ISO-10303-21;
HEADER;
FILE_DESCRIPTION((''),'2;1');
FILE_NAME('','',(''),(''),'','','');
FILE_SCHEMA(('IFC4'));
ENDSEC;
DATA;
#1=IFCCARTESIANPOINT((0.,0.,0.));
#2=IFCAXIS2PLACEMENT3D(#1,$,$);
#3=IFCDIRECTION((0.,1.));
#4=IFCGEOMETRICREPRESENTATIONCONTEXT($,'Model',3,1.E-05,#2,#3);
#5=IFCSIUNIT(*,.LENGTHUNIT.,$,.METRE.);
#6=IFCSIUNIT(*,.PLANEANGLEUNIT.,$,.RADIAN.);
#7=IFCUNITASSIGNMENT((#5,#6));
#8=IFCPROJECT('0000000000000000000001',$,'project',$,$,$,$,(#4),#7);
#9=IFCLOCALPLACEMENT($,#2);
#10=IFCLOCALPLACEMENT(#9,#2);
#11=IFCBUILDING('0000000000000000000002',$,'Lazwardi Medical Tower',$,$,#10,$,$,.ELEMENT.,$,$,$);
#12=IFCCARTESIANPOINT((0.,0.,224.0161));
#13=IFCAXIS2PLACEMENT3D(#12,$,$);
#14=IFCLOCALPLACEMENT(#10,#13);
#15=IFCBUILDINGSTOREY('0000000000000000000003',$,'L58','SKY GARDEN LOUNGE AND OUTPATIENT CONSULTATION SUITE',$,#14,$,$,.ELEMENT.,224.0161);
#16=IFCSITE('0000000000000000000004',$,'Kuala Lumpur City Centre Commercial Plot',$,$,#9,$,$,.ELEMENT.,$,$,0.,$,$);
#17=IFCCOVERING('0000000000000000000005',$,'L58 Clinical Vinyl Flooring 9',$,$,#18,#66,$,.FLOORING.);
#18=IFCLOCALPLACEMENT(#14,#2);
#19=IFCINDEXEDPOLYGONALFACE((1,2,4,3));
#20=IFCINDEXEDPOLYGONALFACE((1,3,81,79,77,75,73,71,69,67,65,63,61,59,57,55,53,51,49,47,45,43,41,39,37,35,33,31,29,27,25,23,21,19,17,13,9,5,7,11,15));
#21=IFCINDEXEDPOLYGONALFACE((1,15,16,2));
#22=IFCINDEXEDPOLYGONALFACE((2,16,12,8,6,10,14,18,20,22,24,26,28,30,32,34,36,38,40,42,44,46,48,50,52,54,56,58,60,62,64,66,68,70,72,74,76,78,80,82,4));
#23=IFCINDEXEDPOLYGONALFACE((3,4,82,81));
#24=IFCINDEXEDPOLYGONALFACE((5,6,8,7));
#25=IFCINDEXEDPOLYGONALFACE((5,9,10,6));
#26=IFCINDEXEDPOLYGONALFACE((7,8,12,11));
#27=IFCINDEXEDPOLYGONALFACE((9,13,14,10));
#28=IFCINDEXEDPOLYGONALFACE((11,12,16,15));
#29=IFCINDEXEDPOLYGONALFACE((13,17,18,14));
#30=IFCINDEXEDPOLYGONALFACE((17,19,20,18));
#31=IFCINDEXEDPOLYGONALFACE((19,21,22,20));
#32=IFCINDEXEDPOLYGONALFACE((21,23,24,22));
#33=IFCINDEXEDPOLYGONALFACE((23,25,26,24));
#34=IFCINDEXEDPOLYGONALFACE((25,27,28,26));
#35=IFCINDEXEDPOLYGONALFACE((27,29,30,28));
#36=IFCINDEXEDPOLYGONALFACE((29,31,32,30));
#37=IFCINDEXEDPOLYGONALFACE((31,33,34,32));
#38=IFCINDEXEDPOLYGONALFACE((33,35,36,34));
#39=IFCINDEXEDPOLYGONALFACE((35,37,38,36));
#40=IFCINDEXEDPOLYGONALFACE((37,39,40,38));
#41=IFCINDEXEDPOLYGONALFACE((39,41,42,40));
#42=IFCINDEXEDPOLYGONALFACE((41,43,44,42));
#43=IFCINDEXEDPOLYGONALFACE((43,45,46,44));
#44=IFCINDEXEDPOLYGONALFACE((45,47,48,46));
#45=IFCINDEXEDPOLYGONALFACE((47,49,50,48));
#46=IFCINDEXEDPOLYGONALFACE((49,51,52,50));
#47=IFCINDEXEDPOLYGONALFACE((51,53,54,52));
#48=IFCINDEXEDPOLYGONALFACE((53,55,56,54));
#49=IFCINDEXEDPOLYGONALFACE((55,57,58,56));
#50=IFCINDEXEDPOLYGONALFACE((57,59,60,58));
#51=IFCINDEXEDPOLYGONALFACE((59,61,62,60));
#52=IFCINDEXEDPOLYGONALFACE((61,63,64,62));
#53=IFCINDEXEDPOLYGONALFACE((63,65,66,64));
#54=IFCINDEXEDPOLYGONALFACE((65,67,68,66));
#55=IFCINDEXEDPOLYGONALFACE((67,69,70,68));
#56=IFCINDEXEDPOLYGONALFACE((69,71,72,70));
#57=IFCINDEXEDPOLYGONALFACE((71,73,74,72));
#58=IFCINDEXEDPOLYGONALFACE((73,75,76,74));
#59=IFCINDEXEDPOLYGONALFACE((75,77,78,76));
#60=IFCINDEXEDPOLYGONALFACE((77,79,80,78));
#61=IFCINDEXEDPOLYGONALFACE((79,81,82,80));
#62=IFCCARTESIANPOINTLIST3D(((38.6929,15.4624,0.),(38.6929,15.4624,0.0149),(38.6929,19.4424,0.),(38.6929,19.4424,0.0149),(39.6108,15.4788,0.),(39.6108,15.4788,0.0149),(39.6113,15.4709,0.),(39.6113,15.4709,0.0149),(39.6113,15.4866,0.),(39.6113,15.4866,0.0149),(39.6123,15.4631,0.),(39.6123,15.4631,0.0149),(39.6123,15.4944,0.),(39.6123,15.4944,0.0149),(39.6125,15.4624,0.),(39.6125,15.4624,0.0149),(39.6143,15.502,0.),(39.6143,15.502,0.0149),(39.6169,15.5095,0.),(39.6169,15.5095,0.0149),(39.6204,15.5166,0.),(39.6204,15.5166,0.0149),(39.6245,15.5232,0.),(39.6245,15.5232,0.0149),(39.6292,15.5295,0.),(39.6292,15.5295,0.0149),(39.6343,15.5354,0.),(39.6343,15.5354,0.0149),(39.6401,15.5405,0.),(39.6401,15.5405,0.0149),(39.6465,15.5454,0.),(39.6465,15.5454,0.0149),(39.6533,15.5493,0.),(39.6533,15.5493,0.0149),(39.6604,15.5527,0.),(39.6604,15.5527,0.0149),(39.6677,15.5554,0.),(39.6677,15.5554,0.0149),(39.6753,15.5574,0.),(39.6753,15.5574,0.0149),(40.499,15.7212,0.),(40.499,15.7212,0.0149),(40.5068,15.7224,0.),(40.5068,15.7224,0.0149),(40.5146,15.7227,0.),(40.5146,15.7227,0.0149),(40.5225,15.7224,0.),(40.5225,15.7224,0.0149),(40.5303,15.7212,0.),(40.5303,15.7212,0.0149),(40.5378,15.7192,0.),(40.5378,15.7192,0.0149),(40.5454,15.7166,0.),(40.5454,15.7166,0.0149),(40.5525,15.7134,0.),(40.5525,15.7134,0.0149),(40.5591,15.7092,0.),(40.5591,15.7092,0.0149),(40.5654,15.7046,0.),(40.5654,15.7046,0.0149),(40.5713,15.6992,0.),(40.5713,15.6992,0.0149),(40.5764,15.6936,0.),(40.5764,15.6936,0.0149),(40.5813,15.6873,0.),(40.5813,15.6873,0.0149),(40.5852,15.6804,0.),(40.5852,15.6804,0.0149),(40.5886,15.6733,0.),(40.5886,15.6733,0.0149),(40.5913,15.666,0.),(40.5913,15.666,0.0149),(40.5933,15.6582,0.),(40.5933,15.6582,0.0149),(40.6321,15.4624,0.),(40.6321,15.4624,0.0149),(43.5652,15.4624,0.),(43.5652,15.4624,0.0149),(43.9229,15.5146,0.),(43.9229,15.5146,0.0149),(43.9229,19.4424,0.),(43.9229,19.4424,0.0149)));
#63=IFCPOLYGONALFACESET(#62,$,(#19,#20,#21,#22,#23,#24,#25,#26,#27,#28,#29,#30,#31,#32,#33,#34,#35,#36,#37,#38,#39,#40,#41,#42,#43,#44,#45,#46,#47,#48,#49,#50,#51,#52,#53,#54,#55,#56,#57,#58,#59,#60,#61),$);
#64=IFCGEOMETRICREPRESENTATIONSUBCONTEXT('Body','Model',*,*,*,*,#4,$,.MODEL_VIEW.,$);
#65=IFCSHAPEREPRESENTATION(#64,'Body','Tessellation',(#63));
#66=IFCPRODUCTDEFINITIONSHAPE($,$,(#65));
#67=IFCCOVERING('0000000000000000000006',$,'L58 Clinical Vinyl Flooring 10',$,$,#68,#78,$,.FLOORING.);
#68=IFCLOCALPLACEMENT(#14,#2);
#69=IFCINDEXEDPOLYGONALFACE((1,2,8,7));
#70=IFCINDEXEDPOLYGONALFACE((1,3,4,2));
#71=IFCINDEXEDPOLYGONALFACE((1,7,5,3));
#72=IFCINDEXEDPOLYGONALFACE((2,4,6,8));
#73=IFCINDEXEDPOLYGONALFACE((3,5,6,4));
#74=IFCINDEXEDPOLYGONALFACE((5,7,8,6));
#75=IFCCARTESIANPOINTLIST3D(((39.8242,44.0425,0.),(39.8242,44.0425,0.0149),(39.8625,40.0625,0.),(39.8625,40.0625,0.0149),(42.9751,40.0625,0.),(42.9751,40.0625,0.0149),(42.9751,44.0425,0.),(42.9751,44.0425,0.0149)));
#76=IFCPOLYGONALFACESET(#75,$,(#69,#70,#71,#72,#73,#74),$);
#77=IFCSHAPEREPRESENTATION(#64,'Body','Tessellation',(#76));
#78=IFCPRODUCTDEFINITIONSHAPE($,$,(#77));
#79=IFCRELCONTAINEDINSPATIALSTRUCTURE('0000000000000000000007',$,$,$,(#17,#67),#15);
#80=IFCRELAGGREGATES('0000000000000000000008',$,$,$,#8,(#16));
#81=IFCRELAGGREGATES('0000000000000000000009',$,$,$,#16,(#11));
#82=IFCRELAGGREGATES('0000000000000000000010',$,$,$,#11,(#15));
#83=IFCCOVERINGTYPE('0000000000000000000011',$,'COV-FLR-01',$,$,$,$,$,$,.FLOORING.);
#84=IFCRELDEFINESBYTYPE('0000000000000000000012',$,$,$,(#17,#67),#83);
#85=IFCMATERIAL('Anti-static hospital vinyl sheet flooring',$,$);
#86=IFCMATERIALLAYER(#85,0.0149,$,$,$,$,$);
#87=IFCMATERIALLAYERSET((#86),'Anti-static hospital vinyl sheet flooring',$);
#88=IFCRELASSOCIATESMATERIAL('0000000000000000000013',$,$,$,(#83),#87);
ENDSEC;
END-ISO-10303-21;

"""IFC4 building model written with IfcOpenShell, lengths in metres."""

from ifc_helpers import new_model, si_unit, direction, frame, origin, place, context, subcontext, project, spatial, polyline, outline, extrude, material, layer, layer_set, type_object, element, save


model = new_model("IFC4")

# Units and contexts
model_context = context("Model", 3, precision=1e-05, world=origin(), true_north=direction((0.0, 1.0)))
body_context = subcontext(model_context, "Body", "Model", "MODEL_VIEW")
ifc_project = project(units=[si_unit("LENGTHUNIT", "METRE"), si_unit("PLANEANGLEUNIT", "RADIAN")], contexts=[model_context])

# Site, building, storey
site_placement = place(None, origin())
site = spatial("IfcSite", under=ifc_project, at=site_placement, Name="Kuala Lumpur City Centre Commercial Plot", CompositionType="ELEMENT", RefElevation=0.0)
building_placement = place(site_placement, origin())
building = spatial("IfcBuilding", under=site, at=building_placement, Name="Lazwardi Medical Tower", CompositionType="ELEMENT")
storey_placement = place(building_placement, frame((0.0, 0.0, 224.0161)))
storey = spatial("IfcBuildingStorey", under=building, at=storey_placement, Name="L58", Description="SKY GARDEN LOUNGE AND OUTPATIENT CONSULTATION SUITE", CompositionType="ELEMENT", Elevation=224.0161)

# Coverings
ifc_material_1 = material(Name="Anti-static hospital vinyl sheet flooring")
ifc_layer_1 = layer(ifc_material_1, 0.0149)
ifc_layer_set_1 = layer_set([ifc_layer_1], Name="Anti-static hospital vinyl sheet flooring")
covering_type_1 = type_object("IfcCoveringType", Name="COV-FLR-01", PredefinedType="FLOORING", material=ifc_layer_set_1)
covering_1_placement = place(storey_placement, origin())
element("IfcCovering", 1, at=covering_1_placement, inside=storey, type_object=covering_type_1, Name="L58 Clinical Vinyl Flooring 9", PredefinedType="FLOORING", context=body_context, shape_type="SweptSolid", body=[
    extrude(outline(polyline([(39.6125, 15.4624), (39.6123, 15.4631), (39.6113, 15.4709), (39.6108, 15.4788), (39.6113, 15.4866), (39.6123, 15.4944), (39.6143, 15.502), (39.6169, 15.5095), (39.6204, 15.5166), (39.6245, 15.5232), (39.6292, 15.5295), (39.6343, 15.5354), (39.6401, 15.5405), (39.6465, 15.5454), (39.6533, 15.5493), (39.6604, 15.5527), (39.6677, 15.5554), (39.6753, 15.5574), (40.499, 15.7212), (40.5068, 15.7224), (40.5146, 15.7227), (40.5225, 15.7224), (40.5303, 15.7212), (40.5378, 15.7192), (40.5454, 15.7166), (40.5525, 15.7134), (40.5591, 15.7092), (40.5654, 15.7046), (40.5713, 15.6992), (40.5764, 15.6936), (40.5813, 15.6873), (40.5852, 15.6804), (40.5886, 15.6733), (40.5913, 15.666), (40.5933, 15.6582), (40.6321, 15.4624), (43.5652, 15.4624), (43.9229, 15.5146), (43.9229, 19.4424), (38.6929, 19.4424), (38.6929, 15.4624), (39.6125, 15.4624)])), origin(), (0.0, 0.0, 1.0), 0.0149),
])
covering_2_placement = place(storey_placement, origin())
element("IfcCovering", 2, at=covering_2_placement, inside=storey, type_object=covering_type_1, Name="L58 Clinical Vinyl Flooring 10", PredefinedType="FLOORING", context=body_context, shape_type="SweptSolid", body=[
    extrude(outline(polyline([(39.8242, 44.0425), (39.8625, 40.0625), (42.9751, 40.0625), (42.9751, 44.0425), (39.8242, 44.0425)])), origin(), (0.0, 0.0, 1.0), 0.0149),
])

save(model, "model.ifc")
